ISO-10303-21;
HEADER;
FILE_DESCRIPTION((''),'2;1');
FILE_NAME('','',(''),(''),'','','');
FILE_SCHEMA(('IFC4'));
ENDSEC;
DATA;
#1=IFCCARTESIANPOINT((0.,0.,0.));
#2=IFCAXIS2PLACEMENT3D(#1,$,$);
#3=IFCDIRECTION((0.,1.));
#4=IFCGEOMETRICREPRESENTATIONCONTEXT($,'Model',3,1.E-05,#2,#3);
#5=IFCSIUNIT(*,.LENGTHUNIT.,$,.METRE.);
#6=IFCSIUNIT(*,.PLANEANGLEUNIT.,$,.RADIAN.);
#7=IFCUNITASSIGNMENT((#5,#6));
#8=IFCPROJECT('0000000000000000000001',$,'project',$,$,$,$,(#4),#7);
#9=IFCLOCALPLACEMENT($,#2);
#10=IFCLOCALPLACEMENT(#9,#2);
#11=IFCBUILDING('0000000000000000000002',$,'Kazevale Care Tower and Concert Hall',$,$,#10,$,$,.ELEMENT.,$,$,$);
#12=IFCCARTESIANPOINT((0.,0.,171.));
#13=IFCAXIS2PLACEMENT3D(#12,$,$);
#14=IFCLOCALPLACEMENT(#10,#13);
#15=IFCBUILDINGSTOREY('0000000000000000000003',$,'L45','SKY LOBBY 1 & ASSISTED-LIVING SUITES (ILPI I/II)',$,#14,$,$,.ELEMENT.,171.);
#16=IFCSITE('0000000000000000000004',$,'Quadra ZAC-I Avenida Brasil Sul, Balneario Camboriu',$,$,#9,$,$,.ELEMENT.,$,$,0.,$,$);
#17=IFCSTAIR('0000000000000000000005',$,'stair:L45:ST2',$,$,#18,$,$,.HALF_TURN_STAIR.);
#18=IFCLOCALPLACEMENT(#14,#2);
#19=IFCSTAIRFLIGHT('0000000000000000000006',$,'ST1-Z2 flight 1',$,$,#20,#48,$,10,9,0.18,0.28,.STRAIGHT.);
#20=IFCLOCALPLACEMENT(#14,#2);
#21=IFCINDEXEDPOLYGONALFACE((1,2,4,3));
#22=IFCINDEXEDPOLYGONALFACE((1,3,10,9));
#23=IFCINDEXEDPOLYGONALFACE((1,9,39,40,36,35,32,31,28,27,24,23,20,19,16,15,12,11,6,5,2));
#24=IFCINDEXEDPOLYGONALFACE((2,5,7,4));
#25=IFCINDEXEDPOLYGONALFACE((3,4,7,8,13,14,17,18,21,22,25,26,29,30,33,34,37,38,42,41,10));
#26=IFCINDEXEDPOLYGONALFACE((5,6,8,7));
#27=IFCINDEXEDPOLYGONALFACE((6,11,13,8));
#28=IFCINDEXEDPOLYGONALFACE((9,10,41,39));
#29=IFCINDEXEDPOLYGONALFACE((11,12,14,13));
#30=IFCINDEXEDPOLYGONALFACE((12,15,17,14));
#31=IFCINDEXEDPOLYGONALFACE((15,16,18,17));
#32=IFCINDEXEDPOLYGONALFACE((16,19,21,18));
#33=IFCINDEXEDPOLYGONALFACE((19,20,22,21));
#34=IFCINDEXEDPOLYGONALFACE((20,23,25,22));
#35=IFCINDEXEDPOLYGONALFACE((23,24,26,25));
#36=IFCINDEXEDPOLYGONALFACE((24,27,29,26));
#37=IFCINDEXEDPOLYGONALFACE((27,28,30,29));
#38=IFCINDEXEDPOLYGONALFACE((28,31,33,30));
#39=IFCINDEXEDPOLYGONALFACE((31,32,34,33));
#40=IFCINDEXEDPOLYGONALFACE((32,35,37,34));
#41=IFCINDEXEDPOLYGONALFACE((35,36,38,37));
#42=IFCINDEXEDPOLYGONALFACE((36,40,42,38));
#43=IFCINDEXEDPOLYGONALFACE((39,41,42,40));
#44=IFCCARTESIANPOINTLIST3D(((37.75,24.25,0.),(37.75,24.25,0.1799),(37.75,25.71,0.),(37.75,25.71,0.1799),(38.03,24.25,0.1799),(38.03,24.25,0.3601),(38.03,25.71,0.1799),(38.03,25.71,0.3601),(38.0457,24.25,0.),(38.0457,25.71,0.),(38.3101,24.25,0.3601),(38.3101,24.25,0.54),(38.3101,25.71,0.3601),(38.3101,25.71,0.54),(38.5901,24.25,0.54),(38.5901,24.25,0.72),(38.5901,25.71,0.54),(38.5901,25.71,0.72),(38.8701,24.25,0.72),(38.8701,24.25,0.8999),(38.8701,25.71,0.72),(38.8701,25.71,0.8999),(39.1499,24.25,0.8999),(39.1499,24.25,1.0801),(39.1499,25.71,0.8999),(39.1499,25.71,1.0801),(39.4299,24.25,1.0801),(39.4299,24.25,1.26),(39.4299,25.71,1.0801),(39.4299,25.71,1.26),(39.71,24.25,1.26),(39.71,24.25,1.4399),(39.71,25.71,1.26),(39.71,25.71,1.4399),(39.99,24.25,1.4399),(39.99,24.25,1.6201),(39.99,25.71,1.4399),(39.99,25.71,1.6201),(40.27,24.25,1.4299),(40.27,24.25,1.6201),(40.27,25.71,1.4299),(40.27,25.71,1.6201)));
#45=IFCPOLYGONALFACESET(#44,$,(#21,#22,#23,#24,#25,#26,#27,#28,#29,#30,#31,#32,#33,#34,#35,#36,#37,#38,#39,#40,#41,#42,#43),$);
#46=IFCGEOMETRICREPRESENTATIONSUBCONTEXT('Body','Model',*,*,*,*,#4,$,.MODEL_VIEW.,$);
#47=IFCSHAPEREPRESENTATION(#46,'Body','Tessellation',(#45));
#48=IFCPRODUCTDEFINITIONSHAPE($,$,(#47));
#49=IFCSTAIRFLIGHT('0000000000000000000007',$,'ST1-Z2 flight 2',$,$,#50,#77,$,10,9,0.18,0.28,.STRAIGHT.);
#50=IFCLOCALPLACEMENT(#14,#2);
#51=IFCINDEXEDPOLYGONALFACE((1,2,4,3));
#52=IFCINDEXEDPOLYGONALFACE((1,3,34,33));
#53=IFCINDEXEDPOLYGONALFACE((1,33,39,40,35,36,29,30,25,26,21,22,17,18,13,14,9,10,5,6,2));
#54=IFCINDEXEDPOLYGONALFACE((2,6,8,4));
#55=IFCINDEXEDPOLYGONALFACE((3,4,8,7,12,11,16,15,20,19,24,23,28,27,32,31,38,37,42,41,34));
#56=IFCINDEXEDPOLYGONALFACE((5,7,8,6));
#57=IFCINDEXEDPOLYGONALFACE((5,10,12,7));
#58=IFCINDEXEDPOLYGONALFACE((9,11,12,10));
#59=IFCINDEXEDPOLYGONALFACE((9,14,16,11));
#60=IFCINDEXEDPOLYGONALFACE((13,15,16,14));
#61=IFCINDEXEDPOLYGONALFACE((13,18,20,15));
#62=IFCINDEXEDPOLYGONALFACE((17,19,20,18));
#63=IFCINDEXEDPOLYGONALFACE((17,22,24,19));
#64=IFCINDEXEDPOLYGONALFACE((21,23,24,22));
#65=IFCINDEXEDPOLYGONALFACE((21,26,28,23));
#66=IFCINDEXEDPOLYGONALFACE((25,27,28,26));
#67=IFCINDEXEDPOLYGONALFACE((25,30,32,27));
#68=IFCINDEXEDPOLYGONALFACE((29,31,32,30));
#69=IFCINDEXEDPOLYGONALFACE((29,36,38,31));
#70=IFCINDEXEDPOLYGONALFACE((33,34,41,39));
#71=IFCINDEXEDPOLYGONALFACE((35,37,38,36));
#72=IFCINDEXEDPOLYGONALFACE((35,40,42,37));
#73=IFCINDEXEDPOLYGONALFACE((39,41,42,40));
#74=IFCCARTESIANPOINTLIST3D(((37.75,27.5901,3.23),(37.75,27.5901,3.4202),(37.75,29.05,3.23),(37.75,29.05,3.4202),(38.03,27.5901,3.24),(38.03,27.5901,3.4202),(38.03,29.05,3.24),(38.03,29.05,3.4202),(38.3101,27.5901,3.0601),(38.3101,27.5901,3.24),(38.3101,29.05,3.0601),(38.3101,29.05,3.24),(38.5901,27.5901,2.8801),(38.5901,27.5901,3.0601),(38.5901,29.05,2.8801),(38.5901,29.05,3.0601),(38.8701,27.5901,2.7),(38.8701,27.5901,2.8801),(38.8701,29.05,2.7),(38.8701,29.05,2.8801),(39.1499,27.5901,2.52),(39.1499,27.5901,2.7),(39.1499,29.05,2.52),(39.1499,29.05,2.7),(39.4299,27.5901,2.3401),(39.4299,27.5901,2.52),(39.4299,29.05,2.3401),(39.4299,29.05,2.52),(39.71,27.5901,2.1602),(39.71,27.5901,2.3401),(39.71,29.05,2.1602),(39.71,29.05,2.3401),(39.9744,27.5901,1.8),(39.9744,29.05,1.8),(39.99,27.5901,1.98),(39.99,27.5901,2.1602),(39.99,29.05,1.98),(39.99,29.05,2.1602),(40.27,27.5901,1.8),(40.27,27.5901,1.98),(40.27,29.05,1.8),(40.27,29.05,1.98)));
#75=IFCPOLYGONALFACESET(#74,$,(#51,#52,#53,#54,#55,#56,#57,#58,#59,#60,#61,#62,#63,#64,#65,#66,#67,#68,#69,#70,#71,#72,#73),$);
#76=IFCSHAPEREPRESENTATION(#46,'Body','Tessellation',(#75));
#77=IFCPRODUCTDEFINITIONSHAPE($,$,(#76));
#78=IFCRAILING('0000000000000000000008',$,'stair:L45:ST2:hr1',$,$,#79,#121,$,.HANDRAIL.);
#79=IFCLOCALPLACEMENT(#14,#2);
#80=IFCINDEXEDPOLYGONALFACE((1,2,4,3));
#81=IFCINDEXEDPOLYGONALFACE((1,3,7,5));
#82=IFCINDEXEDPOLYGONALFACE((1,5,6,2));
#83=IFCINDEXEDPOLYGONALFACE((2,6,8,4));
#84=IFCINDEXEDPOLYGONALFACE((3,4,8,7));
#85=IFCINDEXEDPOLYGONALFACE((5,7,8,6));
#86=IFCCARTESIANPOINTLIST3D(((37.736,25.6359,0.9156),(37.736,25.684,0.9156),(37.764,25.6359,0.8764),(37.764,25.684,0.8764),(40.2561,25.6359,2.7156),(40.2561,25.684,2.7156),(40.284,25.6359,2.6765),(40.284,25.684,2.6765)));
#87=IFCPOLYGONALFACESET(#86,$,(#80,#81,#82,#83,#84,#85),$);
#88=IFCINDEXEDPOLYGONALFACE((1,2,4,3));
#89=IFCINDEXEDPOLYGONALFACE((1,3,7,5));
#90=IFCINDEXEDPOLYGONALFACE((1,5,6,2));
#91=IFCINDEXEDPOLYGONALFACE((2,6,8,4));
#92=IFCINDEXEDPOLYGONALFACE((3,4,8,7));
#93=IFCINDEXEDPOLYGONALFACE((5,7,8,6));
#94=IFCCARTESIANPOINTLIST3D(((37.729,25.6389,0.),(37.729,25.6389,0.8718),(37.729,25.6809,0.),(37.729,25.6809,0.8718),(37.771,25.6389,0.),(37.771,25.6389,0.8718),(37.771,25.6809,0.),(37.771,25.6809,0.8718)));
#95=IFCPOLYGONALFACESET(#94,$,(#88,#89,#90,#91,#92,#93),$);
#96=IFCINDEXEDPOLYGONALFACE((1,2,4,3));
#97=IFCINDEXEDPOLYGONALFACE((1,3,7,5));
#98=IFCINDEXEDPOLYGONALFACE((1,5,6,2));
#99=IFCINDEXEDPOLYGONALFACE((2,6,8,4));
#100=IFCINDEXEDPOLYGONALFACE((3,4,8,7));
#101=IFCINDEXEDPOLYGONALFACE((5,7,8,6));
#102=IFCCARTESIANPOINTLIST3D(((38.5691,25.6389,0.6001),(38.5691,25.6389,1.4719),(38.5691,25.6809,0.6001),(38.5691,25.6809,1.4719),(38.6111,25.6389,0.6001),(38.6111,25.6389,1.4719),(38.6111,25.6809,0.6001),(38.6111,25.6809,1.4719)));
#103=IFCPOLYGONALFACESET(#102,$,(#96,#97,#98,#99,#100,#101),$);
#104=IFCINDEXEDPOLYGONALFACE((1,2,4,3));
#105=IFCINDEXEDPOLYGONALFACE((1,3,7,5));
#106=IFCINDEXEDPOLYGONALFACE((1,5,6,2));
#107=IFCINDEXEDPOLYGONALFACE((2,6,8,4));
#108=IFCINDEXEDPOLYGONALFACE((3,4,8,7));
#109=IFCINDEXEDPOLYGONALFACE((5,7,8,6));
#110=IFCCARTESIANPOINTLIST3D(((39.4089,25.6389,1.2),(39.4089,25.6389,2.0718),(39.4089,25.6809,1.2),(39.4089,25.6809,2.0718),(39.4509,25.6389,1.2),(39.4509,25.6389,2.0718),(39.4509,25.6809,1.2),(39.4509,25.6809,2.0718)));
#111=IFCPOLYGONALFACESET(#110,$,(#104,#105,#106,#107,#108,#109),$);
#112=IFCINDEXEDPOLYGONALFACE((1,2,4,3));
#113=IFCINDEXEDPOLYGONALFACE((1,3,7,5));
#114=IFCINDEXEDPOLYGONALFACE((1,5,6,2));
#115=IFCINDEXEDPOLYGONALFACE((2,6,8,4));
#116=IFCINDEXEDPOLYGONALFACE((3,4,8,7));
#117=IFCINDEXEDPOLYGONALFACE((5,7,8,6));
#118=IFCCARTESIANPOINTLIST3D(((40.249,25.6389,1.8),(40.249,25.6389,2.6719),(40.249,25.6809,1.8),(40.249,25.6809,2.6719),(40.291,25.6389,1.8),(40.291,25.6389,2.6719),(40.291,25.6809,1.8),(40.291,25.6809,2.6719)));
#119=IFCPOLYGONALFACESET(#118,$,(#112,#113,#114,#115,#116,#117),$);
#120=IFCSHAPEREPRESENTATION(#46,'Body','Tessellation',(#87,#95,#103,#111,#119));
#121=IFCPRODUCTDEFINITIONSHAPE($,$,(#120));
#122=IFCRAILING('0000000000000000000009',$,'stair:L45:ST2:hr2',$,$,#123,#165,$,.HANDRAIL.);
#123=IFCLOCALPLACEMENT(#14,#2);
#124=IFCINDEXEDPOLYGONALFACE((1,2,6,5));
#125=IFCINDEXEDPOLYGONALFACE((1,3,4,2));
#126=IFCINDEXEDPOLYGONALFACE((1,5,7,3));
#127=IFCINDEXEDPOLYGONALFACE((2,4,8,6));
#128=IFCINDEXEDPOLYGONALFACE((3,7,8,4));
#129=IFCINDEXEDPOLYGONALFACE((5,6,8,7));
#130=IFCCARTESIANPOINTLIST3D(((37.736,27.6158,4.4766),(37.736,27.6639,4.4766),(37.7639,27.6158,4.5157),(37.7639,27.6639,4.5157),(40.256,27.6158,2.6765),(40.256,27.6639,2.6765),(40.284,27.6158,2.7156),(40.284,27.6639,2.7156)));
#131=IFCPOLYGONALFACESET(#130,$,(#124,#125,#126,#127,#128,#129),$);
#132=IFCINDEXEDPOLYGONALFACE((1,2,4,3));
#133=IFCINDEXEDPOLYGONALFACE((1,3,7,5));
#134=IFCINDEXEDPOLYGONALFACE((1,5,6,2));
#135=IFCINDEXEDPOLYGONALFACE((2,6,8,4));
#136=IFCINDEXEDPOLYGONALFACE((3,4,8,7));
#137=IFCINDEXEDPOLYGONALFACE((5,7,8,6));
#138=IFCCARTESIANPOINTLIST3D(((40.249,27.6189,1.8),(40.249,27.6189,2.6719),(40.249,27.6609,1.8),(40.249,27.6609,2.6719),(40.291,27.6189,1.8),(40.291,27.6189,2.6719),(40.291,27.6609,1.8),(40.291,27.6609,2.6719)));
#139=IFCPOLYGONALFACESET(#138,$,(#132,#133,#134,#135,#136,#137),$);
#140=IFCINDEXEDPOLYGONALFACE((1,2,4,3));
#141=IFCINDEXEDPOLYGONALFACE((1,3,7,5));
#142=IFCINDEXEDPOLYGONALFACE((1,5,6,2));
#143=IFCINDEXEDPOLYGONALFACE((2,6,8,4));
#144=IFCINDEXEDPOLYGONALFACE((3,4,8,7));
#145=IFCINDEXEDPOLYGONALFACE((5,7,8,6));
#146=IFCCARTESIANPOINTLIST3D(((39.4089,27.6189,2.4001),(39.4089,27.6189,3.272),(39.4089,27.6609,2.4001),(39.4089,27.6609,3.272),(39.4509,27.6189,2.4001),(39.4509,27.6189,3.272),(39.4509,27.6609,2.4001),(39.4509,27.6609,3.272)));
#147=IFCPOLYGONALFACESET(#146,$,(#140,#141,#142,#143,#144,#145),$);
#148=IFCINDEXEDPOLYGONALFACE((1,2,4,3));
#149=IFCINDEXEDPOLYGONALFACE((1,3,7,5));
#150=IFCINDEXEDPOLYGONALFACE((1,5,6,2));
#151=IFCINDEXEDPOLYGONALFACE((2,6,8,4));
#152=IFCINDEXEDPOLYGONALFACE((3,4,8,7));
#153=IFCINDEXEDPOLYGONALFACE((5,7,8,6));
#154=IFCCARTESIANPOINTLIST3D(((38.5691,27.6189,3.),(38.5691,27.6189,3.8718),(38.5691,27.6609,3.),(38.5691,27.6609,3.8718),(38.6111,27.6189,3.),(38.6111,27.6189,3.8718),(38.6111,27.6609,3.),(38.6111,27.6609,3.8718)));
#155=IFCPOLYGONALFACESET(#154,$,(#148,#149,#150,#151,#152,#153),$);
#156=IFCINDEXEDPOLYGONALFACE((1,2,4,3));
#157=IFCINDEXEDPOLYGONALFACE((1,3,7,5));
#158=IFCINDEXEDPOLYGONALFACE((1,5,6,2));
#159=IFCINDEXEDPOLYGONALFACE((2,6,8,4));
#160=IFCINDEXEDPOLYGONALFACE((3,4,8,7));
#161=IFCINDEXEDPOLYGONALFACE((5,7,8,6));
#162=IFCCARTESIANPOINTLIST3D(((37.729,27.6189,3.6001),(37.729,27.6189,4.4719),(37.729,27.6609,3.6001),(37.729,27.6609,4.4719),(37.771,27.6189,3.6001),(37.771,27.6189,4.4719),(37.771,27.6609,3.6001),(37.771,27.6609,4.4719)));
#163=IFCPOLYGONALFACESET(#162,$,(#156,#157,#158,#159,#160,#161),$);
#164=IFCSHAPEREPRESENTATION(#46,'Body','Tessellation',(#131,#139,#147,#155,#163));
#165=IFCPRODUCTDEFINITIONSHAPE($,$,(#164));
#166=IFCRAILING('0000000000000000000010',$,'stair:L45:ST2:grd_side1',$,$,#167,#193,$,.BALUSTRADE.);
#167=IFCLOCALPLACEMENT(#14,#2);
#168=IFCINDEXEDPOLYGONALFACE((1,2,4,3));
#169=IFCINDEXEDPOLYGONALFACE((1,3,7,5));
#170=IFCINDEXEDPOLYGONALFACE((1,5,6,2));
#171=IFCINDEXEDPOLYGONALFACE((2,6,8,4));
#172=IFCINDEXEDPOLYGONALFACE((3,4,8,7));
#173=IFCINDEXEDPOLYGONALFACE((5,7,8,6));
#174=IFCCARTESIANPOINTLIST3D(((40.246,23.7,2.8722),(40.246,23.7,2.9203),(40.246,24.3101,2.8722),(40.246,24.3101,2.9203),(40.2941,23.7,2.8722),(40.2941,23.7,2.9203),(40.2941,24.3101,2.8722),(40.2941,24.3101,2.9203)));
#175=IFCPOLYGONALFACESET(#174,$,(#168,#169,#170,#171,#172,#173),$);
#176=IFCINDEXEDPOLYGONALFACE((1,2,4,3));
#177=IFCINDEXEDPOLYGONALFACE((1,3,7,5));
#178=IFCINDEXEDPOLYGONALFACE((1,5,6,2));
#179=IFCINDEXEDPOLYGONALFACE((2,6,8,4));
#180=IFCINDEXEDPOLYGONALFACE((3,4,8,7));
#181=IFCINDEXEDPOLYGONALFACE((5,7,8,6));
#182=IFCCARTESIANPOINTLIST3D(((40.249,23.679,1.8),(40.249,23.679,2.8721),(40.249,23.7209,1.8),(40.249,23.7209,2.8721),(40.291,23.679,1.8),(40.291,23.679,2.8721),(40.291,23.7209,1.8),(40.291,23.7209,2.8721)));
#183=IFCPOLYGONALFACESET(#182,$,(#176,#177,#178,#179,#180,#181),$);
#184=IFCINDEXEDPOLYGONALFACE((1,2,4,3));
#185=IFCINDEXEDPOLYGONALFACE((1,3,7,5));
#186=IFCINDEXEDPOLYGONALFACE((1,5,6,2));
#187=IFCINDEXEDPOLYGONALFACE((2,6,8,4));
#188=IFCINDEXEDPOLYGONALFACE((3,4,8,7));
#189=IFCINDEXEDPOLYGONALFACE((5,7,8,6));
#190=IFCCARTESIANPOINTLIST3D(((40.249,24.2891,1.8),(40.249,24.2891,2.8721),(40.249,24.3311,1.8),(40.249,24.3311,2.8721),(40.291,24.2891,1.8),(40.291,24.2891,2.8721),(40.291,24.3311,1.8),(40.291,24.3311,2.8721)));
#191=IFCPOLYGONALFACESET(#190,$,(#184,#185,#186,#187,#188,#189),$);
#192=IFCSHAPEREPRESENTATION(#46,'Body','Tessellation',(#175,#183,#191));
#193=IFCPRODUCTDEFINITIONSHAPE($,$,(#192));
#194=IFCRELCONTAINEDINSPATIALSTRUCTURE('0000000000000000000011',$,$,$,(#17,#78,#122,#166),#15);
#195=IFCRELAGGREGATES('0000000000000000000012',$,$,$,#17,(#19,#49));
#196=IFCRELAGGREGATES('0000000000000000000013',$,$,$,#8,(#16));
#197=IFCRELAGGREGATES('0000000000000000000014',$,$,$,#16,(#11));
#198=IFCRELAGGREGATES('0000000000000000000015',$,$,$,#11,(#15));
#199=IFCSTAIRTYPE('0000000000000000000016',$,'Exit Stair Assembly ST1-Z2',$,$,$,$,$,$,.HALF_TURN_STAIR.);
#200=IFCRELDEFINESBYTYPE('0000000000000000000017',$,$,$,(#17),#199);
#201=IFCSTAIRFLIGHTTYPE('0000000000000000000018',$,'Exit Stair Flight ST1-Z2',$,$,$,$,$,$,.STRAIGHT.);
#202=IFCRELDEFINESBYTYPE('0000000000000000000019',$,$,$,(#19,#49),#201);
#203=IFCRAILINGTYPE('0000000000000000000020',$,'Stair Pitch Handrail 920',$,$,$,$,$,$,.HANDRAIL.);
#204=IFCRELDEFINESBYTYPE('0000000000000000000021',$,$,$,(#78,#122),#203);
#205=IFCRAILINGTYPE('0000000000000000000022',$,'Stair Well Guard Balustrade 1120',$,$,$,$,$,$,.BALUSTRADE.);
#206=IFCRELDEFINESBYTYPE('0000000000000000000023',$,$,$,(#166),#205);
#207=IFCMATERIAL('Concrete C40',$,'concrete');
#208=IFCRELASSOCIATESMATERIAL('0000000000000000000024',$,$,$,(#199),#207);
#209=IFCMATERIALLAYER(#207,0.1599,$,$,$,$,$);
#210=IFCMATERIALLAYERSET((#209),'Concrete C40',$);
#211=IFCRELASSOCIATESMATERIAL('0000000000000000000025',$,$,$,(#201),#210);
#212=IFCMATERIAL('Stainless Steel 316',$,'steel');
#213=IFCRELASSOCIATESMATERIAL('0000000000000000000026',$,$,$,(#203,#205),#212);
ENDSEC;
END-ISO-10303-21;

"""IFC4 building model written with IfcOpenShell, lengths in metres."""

from ifc_helpers import new_model, si_unit, direction, frame, origin, origin_2d, place, context, subcontext, project, spatial, polyline, rectangle, outline, extrude, material, layer, layer_set, type_object, element, aggregate, save


model = new_model("IFC4")

# Units and contexts
model_context = context("Model", 3, precision=1e-05, world=origin(), true_north=direction((0.0, 1.0)))
body_context = subcontext(model_context, "Body", "Model", "MODEL_VIEW")
ifc_project = project(units=[si_unit("LENGTHUNIT", "METRE"), si_unit("PLANEANGLEUNIT", "RADIAN")], contexts=[model_context])

# Site, building, storey
site_placement = place(None, origin())
site = spatial("IfcSite", under=ifc_project, at=site_placement, Name="Quadra ZAC-I Avenida Brasil Sul, Balneario Camboriu", CompositionType="ELEMENT", RefElevation=0.0)
building_placement = place(site_placement, origin())
building = spatial("IfcBuilding", under=site, at=building_placement, Name="Kazevale Care Tower and Concert Hall", CompositionType="ELEMENT")
storey_placement = place(building_placement, frame((0.0, 0.0, 171.0)))
storey = spatial("IfcBuildingStorey", under=building, at=storey_placement, Name="L45", Description="SKY LOBBY 1 & ASSISTED-LIVING SUITES (ILPI I/II)", CompositionType="ELEMENT", Elevation=171.0)

# Shared definitions
ifc_material_1 = material(Name="Concrete C40", Category="concrete")

# Stair, stair flights
stair_type = type_object("IfcStairType", Name="Exit Stair Assembly ST1-Z2", PredefinedType="HALF_TURN_STAIR", material=ifc_material_1)
stair_placement = place(storey_placement, origin())
stair = element("IfcStair", 1, at=stair_placement, inside=storey, type_object=stair_type, Name="stair:L45:ST2", PredefinedType="HALF_TURN_STAIR")
ifc_layer_1 = layer(ifc_material_1, 0.1599)
ifc_layer_set_1 = layer_set([ifc_layer_1], Name="Concrete C40")
stair_flight_type = type_object("IfcStairFlightType", Name="Exit Stair Flight ST1-Z2", PredefinedType="STRAIGHT", material=ifc_layer_set_1)
stair_flight_1_placement = place(storey_placement, frame((37.75, 24.98, 0.0), z_axis=(0.0, 0.0, 1.0), x_axis=(1.0, 0.0, 0.0)))
stair_flight_1 = element("IfcStairFlight", 2, at=stair_flight_1_placement, type_object=stair_flight_type, Name="ST1-Z2 flight 1", NumberOfRisers=10, NumberOfTreads=9, PredefinedType="STRAIGHT", RiserHeight=0.18, TreadLength=0.28, context=body_context, shape_type="SweptSolid", body=[
    extrude(outline(polyline([(0.0, 0.0), (0.0, 0.1799), (0.28, 0.1799), (0.28, 0.3601), (0.5601, 0.3601), (0.5601, 0.54), (0.8401, 0.54), (0.8401, 0.72), (1.1201, 0.72), (1.1201, 0.8999), (1.3999, 0.8999), (1.3999, 1.0801), (1.6799, 1.0801), (1.6799, 1.26), (1.96, 1.26), (1.96, 1.4399), (2.24, 1.4399), (2.24, 1.6201), (2.52, 1.6201), (2.52, 1.8), (2.52, 1.4299), (0.2957, 0.0), (0.0, 0.0)])), frame((0.0, 0.73, 0.0), z_axis=(0.0, -1.0, 0.0), x_axis=(1.0, 0.0, 0.0)), (0.0, 0.0, 1.0), 1.46),
])
stair_flight_2_placement = place(storey_placement, frame((40.27, 28.3201, 1.8), z_axis=(0.0, 0.0, 1.0), x_axis=(-1.0, 0.0, 0.0)))
stair_flight_2 = element("IfcStairFlight", 3, at=stair_flight_2_placement, type_object=stair_flight_type, Name="ST1-Z2 flight 2", NumberOfRisers=10, NumberOfTreads=9, PredefinedType="STRAIGHT", RiserHeight=0.18, TreadLength=0.28, context=body_context, shape_type="SweptSolid", body=[
    extrude(outline(polyline([(0.0, 0.0), (0.0, 0.1799), (0.28, 0.1799), (0.28, 0.3601), (0.5601, 0.3601), (0.5601, 0.54), (0.8401, 0.54), (0.8401, 0.72), (1.1201, 0.72), (1.1201, 0.8999), (1.3999, 0.8999), (1.3999, 1.0801), (1.6799, 1.0801), (1.6799, 1.26), (1.96, 1.26), (1.96, 1.4399), (2.24, 1.4399), (2.24, 1.6201), (2.52, 1.6201), (2.52, 1.8), (2.52, 1.4299), (0.2957, 0.0), (0.0, 0.0)])), frame((0.0, 0.73, 0.0), z_axis=(0.0, -1.0, 0.0), x_axis=(1.0, 0.0, 0.0)), (0.0, 0.0, 1.0), 1.46),
])
aggregate(stair, [stair_flight_1, stair_flight_2])

# Railings
ifc_material_2 = material(Name="Stainless Steel 316", Category="steel")
railing_type_1 = type_object("IfcRailingType", Name="Stair Pitch Handrail 920", PredefinedType="HANDRAIL", material=ifc_material_2)
railing_1_placement = place(storey_placement, frame((37.75, 25.6599, 0.0)))
element("IfcRailing", 4, at=railing_1_placement, inside=storey, type_object=railing_type_1, Name="stair:L45:ST2:hr1", PredefinedType="HANDRAIL", context=body_context, shape_type="SweptSolid", body=[
    extrude(rectangle(XDim=0.0481, YDim=0.0481, at=origin_2d()), frame((0.0, 0.0, 0.896), z_axis=(0.813728, 0.0, 0.581246), x_axis=(0.0, 1.0, 0.0)), (0.0, 0.0, 1.0), 3.0969),
    extrude(rectangle(XDim=0.042, YDim=0.042, at=origin_2d()), origin(), (0.0, 0.0, 1.0), 0.8718),
    extrude(rectangle(XDim=0.042, YDim=0.042, at=origin_2d()), frame((0.8401, 0.0, 0.6001)), (0.0, 0.0, 1.0), 0.8718),
    extrude(rectangle(XDim=0.042, YDim=0.042, at=origin_2d()), frame((1.6799, 0.0, 1.2)), (0.0, 0.0, 1.0), 0.8718),
    extrude(rectangle(XDim=0.042, YDim=0.042, at=origin_2d()), frame((2.52, 0.0, 1.8)), (0.0, 0.0, 1.0), 0.8718),
])
railing_2_placement = place(storey_placement, frame((40.27, 27.6399, 1.8)))
element("IfcRailing", 5, at=railing_2_placement, inside=storey, type_object=railing_type_1, Name="stair:L45:ST2:hr2", PredefinedType="HANDRAIL", context=body_context, shape_type="SweptSolid", body=[
    extrude(rectangle(XDim=0.0481, YDim=0.0481, at=origin_2d()), frame((0.0, 0.0, 0.896), z_axis=(-0.813728, 0.0, 0.581246), x_axis=(0.0, -1.0, 0.0)), (0.0, 0.0, 1.0), 3.0969),
    extrude(rectangle(XDim=0.042, YDim=0.042, at=origin_2d()), origin(), (0.0, 0.0, 1.0), 0.8718),
    extrude(rectangle(XDim=0.042, YDim=0.042, at=origin_2d()), frame((-0.8401, 0.0, 0.6001)), (0.0, 0.0, 1.0), 0.8718),
    extrude(rectangle(XDim=0.042, YDim=0.042, at=origin_2d()), frame((-1.6799, 0.0, 1.2)), (0.0, 0.0, 1.0), 0.8718),
    extrude(rectangle(XDim=0.042, YDim=0.042, at=origin_2d()), frame((-2.52, 0.0, 1.8)), (0.0, 0.0, 1.0), 0.8718),
])
railing_type_2 = type_object("IfcRailingType", Name="Stair Well Guard Balustrade 1120", PredefinedType="BALUSTRADE", material=ifc_material_2)
railing_3_placement = place(storey_placement, frame((40.27, 23.7, 1.8)))
element("IfcRailing", 6, at=railing_3_placement, inside=storey, type_object=railing_type_2, Name="stair:L45:ST2:grd_side1", PredefinedType="BALUSTRADE", context=body_context, shape_type="SweptSolid", body=[
    extrude(rectangle(XDim=0.0481, YDim=0.0481, at=origin_2d()), frame((0.0, 0.0, 1.0962), z_axis=(0.0, 1.0, 0.0), x_axis=(-1.0, 0.0, 0.0)), (0.0, 0.0, 1.0), 0.6101),
    extrude(rectangle(XDim=0.042, YDim=0.042, at=origin_2d()), origin(), (0.0, 0.0, 1.0), 1.072),
    extrude(rectangle(XDim=0.042, YDim=0.042, at=origin_2d()), frame((0.0, 0.6101, 0.0)), (0.0, 0.0, 1.0), 1.072),
])

save(model, "model.ifc")
